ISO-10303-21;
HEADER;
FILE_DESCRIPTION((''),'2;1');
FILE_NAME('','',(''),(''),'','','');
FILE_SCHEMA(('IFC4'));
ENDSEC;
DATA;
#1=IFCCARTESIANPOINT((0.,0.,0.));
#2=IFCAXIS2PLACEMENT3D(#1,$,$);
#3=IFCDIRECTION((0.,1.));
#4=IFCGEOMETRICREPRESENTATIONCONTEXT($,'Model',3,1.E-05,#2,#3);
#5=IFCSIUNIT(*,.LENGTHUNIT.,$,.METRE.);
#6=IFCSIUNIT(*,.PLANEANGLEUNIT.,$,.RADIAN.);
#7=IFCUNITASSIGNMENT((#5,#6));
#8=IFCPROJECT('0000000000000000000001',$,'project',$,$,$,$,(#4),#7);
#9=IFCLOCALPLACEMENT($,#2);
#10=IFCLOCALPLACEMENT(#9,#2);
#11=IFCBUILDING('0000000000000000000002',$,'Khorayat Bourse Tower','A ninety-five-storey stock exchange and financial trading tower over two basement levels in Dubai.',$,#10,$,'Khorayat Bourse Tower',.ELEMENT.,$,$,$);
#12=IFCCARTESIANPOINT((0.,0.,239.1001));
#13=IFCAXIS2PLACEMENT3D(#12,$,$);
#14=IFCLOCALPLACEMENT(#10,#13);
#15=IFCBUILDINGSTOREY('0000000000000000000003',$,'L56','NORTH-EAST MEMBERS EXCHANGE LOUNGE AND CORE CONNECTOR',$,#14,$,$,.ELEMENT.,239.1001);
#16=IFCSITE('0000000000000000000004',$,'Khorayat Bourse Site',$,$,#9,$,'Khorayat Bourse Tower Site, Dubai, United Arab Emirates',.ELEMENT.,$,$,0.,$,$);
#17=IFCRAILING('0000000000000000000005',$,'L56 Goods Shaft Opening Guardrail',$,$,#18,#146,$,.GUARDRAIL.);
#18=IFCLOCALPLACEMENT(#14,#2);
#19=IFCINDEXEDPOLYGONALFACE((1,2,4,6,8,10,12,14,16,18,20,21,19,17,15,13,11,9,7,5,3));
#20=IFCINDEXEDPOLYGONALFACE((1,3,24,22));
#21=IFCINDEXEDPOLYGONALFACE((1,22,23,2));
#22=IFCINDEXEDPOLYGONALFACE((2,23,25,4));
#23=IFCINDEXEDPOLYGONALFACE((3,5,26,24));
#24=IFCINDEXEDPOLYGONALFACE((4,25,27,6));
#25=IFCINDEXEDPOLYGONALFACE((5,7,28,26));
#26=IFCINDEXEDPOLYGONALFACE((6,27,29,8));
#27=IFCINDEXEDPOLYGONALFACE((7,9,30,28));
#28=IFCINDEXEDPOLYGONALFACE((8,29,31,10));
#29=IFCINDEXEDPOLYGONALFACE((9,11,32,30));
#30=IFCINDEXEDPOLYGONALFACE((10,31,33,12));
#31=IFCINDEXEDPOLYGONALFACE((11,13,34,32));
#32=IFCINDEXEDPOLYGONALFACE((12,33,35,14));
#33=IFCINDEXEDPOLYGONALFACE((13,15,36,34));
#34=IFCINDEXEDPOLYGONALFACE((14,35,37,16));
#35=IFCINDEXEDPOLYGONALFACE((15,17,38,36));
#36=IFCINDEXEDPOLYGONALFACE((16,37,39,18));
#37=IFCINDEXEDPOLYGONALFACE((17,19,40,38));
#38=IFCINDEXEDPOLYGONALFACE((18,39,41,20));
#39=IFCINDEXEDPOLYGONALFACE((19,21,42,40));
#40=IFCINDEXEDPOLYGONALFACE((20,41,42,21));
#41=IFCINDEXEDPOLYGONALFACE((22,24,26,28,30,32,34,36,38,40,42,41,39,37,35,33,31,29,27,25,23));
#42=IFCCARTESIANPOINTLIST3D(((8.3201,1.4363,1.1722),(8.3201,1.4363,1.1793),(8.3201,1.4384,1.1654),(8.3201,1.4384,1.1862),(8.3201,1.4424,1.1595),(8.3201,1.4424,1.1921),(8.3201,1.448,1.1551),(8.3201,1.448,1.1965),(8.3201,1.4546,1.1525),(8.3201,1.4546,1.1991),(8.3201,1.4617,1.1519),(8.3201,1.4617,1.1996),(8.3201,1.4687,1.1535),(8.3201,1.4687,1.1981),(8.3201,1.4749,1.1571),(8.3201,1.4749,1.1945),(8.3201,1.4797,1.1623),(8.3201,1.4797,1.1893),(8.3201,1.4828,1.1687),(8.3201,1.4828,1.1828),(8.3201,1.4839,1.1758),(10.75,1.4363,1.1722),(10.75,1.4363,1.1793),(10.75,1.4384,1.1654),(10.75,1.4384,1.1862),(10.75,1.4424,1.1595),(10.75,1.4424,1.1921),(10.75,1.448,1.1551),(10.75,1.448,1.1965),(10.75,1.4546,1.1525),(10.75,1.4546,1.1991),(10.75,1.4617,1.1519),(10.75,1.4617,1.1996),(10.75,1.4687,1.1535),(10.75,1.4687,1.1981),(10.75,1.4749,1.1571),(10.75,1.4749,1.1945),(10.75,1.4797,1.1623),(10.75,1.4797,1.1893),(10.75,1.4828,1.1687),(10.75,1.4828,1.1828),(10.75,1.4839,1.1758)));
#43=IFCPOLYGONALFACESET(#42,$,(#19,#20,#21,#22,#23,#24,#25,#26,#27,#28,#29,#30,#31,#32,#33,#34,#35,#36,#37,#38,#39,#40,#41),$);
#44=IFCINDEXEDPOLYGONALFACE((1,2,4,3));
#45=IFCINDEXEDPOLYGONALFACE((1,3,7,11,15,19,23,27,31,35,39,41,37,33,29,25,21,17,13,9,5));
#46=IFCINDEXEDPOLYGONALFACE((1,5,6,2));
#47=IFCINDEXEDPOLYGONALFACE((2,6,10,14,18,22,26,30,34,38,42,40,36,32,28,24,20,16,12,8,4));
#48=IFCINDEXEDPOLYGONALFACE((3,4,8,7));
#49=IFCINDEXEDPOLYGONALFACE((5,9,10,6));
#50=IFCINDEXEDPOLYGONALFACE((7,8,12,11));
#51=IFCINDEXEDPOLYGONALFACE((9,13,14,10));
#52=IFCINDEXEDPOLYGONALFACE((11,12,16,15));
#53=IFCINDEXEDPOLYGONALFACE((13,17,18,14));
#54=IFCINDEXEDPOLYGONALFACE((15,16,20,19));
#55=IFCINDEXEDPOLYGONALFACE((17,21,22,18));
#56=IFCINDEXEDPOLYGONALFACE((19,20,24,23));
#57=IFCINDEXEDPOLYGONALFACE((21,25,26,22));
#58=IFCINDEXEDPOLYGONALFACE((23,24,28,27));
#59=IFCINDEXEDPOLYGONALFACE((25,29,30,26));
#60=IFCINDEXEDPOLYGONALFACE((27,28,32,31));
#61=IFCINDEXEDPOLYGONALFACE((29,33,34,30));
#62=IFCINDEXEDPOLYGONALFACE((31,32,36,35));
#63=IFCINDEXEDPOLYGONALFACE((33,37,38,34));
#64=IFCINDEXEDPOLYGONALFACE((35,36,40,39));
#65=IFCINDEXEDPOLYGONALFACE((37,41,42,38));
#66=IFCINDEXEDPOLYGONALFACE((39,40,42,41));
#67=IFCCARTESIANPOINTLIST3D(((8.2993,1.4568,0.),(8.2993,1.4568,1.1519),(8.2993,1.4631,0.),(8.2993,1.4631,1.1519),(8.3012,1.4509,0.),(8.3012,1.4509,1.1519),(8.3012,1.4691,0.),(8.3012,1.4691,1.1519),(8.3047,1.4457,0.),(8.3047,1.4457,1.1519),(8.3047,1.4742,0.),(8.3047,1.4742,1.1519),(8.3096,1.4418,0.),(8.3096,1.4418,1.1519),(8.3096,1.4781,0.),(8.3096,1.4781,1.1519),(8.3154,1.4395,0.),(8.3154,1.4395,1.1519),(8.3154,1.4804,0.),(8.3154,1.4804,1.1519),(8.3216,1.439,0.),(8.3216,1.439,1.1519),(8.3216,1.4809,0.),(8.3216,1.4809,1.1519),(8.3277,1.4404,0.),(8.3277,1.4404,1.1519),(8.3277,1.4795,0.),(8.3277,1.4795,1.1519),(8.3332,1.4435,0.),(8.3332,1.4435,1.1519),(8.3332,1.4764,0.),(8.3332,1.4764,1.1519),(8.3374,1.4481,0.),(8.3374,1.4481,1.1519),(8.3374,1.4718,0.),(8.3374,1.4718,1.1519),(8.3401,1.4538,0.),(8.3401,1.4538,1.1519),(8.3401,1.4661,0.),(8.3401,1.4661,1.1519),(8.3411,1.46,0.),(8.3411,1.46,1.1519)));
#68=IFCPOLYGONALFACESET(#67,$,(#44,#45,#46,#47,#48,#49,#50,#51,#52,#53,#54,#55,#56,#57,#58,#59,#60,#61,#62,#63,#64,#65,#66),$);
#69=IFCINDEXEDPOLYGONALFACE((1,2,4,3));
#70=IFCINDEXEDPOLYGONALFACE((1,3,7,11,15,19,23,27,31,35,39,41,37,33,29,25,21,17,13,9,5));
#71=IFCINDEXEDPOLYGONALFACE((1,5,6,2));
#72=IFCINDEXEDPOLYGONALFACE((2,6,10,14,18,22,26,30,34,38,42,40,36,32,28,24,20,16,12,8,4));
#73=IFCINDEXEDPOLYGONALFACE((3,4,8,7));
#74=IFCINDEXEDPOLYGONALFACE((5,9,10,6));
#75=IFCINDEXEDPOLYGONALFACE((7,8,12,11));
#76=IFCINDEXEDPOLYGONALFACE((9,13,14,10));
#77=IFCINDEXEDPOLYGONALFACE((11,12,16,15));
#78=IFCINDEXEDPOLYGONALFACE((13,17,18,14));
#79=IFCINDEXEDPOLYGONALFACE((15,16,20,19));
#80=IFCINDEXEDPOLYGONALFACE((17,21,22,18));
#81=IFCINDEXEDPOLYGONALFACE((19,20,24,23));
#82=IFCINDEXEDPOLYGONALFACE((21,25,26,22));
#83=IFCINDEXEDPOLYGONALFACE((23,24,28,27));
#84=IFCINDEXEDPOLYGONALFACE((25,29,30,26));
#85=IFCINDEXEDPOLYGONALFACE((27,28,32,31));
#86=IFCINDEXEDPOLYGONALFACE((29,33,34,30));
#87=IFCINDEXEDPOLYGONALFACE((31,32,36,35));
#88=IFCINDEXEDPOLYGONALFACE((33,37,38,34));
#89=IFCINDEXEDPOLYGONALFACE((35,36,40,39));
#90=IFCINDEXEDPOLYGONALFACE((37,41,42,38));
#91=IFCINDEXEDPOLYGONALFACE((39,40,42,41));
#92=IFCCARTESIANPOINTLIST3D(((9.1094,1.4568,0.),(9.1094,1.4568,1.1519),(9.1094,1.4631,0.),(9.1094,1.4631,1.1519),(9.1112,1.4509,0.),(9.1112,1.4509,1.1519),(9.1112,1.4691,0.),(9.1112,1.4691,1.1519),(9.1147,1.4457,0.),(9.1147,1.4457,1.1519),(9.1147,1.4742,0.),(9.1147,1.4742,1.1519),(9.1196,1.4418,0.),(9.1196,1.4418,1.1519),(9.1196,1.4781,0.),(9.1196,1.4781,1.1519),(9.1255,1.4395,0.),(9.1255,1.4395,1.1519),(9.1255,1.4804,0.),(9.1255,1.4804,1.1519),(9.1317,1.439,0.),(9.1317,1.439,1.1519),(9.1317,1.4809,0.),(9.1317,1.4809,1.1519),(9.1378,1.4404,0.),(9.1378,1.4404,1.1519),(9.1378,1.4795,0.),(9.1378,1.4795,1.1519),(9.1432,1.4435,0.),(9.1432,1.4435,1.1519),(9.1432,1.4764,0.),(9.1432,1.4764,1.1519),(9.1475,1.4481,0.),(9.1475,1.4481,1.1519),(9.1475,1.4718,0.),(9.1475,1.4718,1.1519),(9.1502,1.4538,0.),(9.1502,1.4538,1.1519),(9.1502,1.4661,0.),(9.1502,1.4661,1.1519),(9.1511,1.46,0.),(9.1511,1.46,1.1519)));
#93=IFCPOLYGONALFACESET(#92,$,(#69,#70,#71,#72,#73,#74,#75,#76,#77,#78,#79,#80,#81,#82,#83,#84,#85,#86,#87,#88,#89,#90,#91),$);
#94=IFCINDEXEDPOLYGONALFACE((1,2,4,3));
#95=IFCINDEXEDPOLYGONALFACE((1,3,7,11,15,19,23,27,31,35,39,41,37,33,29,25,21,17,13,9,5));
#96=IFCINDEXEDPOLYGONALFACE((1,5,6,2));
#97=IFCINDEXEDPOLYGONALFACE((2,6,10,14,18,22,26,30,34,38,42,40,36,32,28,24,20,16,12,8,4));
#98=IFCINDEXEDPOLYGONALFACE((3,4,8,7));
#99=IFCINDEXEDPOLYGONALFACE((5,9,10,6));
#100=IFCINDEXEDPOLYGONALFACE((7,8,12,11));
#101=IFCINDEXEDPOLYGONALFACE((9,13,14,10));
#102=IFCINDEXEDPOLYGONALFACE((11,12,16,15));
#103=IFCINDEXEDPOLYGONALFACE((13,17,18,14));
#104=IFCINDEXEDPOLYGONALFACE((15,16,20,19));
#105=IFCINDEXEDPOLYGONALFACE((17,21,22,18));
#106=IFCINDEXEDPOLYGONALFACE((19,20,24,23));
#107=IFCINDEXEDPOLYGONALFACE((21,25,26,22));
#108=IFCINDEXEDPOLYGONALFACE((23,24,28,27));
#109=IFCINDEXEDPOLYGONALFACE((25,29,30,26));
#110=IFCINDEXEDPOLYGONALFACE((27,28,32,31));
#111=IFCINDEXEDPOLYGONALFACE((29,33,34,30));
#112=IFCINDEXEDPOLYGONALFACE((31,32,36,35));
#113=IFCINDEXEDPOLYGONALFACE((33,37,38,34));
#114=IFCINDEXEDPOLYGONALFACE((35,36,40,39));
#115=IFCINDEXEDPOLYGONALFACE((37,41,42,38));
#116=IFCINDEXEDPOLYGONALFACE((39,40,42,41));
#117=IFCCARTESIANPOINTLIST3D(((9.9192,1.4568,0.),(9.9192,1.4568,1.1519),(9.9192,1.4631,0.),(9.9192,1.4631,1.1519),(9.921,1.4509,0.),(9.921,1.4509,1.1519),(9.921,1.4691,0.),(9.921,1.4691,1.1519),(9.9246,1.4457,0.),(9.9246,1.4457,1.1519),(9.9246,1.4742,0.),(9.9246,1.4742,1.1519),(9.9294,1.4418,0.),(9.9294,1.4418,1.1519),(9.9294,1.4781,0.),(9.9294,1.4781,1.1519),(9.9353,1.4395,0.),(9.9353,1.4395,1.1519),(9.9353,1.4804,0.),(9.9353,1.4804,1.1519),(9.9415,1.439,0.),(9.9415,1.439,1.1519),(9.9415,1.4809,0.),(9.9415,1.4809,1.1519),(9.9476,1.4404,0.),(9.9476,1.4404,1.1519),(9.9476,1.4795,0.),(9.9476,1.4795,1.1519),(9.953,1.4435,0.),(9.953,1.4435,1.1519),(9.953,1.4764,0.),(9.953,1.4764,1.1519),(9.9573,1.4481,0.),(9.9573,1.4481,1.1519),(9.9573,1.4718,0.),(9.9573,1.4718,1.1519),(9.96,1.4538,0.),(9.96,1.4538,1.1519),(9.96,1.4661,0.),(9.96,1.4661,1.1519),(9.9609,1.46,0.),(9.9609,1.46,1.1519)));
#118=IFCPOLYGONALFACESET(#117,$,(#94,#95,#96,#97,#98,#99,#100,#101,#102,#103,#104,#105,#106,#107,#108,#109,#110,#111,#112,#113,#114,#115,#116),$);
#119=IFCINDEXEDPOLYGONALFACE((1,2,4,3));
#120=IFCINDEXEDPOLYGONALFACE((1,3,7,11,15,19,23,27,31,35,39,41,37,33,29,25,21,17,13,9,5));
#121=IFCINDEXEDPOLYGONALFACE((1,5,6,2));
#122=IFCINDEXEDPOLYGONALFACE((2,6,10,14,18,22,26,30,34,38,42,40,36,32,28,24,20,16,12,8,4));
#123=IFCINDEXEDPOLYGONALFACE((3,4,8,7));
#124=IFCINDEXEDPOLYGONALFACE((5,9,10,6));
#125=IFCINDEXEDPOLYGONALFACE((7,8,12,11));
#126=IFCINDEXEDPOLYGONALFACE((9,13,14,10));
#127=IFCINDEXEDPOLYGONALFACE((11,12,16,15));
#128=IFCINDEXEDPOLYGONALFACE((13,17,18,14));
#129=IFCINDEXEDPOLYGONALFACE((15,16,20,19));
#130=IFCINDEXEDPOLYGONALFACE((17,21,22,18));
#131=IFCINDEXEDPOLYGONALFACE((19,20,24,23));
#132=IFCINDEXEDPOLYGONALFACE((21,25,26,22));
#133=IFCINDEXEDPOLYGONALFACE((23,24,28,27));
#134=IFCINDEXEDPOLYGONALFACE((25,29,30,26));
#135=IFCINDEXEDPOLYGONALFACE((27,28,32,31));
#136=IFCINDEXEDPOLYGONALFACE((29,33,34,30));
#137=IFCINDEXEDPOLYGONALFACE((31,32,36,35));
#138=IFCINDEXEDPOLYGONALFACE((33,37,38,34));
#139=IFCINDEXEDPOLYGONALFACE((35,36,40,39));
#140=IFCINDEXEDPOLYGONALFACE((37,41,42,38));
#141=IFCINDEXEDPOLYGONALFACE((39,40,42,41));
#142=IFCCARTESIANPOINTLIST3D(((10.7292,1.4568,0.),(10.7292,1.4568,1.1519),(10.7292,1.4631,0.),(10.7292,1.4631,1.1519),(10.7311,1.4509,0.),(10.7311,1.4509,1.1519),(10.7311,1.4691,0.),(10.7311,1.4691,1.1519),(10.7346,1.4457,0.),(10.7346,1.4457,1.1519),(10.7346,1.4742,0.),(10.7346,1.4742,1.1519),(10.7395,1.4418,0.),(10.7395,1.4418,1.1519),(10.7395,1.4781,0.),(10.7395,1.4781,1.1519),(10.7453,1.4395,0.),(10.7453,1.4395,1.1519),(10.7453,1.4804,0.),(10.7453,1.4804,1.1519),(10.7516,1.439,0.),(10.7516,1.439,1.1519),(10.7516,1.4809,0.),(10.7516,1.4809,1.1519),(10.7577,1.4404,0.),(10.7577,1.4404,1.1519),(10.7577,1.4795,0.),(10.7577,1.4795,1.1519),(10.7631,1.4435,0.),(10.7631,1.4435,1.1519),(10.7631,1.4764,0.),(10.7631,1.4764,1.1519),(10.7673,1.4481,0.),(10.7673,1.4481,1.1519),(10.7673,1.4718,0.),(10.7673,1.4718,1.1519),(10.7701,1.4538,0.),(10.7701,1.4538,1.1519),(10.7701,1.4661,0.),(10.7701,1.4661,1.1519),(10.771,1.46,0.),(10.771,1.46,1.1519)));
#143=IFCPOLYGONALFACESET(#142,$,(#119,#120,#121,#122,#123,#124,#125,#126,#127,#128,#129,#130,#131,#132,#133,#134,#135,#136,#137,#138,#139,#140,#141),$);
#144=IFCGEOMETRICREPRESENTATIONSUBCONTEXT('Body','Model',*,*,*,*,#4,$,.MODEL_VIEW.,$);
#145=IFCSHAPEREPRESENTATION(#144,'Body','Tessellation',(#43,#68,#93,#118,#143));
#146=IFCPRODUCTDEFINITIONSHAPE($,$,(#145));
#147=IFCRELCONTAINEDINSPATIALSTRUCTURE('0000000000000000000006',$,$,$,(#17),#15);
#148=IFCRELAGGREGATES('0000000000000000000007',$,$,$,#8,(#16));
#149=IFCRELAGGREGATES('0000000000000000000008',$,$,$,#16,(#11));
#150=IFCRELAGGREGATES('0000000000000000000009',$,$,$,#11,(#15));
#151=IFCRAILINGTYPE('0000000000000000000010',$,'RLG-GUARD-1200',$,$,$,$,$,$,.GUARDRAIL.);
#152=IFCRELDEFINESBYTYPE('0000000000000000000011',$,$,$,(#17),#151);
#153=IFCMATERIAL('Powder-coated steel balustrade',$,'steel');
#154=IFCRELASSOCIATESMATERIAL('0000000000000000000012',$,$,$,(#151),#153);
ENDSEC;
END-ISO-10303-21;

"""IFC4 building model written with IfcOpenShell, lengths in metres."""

from ifc_helpers import new_model, si_unit, direction, frame, origin, origin_2d, place, context, subcontext, project, spatial, circle, extrude, source, transform, mapped, material, type_object, element, save


model = new_model("IFC4")

# Units and contexts
model_context = context("Model", 3, precision=1e-05, world=origin(), true_north=direction((0.0, 1.0)))
body_context = subcontext(model_context, "Body", "Model", "MODEL_VIEW")
ifc_project = project(units=[si_unit("LENGTHUNIT", "METRE"), si_unit("PLANEANGLEUNIT", "RADIAN")], contexts=[model_context])

# Site, building, storey
site_placement = place(None, origin())
site = spatial("IfcSite", under=ifc_project, at=site_placement, Name="Khorayat Bourse Site", LongName="Khorayat Bourse Tower Site, Dubai, United Arab Emirates", CompositionType="ELEMENT", RefElevation=0.0)
building_placement = place(site_placement, origin())
building = spatial("IfcBuilding", under=site, at=building_placement, Name="Khorayat Bourse Tower", Description="A ninety-five-storey stock exchange and financial trading tower over two basement levels in Dubai.", LongName="Khorayat Bourse Tower", CompositionType="ELEMENT")
storey_placement = place(building_placement, frame((0.0, 0.0, 239.1001)))
storey = spatial("IfcBuildingStorey", under=building, at=storey_placement, Name="L56", Description="NORTH-EAST MEMBERS EXCHANGE LOUNGE AND CORE CONNECTOR", CompositionType="ELEMENT", Elevation=239.1001)

# Railing
ifc_material_1 = material(Name="Powder-coated steel balustrade", Category="steel")
railing_type = type_object("IfcRailingType", Name="RLG-GUARD-1200", PredefinedType="GUARDRAIL", material=ifc_material_1)
shared_shape_1 = source(origin(), body_context, "Body", "SweptSolid", [
    extrude(circle(Radius=0.0239, at=origin_2d()), frame((0.0, 0.0, 1.1758), z_axis=(1.0, 0.0, 0.0), x_axis=(0.0, 1.0, 0.0)), (0.0, 0.0, 1.0), 2.4299),
    extrude(circle(Radius=0.021, at=origin_2d()), origin(), (0.0, 0.0, 1.0), 1.1519),
    extrude(circle(Radius=0.021, at=origin_2d()), frame((0.8101, 0.0, 0.0)), (0.0, 0.0, 1.0), 1.1519),
    extrude(circle(Radius=0.021, at=origin_2d()), frame((1.6199, 0.0, 0.0)), (0.0, 0.0, 1.0), 1.1519),
    extrude(circle(Radius=0.021, at=origin_2d()), frame((2.4299, 0.0, 0.0)), (0.0, 0.0, 1.0), 1.1519),
])
railing_placement = place(storey_placement, frame((8.3201, 1.46, 0.0)))
element("IfcRailing", 1, at=railing_placement, inside=storey, type_object=railing_type, Name="L56 Goods Shaft Opening Guardrail", PredefinedType="GUARDRAIL", context=body_context, shape_type="MappedRepresentation", body=[
    mapped(shared_shape_1, transform((0.0, 0.0, 0.0), scale=1.0)),
])

save(model, "model.ifc")
